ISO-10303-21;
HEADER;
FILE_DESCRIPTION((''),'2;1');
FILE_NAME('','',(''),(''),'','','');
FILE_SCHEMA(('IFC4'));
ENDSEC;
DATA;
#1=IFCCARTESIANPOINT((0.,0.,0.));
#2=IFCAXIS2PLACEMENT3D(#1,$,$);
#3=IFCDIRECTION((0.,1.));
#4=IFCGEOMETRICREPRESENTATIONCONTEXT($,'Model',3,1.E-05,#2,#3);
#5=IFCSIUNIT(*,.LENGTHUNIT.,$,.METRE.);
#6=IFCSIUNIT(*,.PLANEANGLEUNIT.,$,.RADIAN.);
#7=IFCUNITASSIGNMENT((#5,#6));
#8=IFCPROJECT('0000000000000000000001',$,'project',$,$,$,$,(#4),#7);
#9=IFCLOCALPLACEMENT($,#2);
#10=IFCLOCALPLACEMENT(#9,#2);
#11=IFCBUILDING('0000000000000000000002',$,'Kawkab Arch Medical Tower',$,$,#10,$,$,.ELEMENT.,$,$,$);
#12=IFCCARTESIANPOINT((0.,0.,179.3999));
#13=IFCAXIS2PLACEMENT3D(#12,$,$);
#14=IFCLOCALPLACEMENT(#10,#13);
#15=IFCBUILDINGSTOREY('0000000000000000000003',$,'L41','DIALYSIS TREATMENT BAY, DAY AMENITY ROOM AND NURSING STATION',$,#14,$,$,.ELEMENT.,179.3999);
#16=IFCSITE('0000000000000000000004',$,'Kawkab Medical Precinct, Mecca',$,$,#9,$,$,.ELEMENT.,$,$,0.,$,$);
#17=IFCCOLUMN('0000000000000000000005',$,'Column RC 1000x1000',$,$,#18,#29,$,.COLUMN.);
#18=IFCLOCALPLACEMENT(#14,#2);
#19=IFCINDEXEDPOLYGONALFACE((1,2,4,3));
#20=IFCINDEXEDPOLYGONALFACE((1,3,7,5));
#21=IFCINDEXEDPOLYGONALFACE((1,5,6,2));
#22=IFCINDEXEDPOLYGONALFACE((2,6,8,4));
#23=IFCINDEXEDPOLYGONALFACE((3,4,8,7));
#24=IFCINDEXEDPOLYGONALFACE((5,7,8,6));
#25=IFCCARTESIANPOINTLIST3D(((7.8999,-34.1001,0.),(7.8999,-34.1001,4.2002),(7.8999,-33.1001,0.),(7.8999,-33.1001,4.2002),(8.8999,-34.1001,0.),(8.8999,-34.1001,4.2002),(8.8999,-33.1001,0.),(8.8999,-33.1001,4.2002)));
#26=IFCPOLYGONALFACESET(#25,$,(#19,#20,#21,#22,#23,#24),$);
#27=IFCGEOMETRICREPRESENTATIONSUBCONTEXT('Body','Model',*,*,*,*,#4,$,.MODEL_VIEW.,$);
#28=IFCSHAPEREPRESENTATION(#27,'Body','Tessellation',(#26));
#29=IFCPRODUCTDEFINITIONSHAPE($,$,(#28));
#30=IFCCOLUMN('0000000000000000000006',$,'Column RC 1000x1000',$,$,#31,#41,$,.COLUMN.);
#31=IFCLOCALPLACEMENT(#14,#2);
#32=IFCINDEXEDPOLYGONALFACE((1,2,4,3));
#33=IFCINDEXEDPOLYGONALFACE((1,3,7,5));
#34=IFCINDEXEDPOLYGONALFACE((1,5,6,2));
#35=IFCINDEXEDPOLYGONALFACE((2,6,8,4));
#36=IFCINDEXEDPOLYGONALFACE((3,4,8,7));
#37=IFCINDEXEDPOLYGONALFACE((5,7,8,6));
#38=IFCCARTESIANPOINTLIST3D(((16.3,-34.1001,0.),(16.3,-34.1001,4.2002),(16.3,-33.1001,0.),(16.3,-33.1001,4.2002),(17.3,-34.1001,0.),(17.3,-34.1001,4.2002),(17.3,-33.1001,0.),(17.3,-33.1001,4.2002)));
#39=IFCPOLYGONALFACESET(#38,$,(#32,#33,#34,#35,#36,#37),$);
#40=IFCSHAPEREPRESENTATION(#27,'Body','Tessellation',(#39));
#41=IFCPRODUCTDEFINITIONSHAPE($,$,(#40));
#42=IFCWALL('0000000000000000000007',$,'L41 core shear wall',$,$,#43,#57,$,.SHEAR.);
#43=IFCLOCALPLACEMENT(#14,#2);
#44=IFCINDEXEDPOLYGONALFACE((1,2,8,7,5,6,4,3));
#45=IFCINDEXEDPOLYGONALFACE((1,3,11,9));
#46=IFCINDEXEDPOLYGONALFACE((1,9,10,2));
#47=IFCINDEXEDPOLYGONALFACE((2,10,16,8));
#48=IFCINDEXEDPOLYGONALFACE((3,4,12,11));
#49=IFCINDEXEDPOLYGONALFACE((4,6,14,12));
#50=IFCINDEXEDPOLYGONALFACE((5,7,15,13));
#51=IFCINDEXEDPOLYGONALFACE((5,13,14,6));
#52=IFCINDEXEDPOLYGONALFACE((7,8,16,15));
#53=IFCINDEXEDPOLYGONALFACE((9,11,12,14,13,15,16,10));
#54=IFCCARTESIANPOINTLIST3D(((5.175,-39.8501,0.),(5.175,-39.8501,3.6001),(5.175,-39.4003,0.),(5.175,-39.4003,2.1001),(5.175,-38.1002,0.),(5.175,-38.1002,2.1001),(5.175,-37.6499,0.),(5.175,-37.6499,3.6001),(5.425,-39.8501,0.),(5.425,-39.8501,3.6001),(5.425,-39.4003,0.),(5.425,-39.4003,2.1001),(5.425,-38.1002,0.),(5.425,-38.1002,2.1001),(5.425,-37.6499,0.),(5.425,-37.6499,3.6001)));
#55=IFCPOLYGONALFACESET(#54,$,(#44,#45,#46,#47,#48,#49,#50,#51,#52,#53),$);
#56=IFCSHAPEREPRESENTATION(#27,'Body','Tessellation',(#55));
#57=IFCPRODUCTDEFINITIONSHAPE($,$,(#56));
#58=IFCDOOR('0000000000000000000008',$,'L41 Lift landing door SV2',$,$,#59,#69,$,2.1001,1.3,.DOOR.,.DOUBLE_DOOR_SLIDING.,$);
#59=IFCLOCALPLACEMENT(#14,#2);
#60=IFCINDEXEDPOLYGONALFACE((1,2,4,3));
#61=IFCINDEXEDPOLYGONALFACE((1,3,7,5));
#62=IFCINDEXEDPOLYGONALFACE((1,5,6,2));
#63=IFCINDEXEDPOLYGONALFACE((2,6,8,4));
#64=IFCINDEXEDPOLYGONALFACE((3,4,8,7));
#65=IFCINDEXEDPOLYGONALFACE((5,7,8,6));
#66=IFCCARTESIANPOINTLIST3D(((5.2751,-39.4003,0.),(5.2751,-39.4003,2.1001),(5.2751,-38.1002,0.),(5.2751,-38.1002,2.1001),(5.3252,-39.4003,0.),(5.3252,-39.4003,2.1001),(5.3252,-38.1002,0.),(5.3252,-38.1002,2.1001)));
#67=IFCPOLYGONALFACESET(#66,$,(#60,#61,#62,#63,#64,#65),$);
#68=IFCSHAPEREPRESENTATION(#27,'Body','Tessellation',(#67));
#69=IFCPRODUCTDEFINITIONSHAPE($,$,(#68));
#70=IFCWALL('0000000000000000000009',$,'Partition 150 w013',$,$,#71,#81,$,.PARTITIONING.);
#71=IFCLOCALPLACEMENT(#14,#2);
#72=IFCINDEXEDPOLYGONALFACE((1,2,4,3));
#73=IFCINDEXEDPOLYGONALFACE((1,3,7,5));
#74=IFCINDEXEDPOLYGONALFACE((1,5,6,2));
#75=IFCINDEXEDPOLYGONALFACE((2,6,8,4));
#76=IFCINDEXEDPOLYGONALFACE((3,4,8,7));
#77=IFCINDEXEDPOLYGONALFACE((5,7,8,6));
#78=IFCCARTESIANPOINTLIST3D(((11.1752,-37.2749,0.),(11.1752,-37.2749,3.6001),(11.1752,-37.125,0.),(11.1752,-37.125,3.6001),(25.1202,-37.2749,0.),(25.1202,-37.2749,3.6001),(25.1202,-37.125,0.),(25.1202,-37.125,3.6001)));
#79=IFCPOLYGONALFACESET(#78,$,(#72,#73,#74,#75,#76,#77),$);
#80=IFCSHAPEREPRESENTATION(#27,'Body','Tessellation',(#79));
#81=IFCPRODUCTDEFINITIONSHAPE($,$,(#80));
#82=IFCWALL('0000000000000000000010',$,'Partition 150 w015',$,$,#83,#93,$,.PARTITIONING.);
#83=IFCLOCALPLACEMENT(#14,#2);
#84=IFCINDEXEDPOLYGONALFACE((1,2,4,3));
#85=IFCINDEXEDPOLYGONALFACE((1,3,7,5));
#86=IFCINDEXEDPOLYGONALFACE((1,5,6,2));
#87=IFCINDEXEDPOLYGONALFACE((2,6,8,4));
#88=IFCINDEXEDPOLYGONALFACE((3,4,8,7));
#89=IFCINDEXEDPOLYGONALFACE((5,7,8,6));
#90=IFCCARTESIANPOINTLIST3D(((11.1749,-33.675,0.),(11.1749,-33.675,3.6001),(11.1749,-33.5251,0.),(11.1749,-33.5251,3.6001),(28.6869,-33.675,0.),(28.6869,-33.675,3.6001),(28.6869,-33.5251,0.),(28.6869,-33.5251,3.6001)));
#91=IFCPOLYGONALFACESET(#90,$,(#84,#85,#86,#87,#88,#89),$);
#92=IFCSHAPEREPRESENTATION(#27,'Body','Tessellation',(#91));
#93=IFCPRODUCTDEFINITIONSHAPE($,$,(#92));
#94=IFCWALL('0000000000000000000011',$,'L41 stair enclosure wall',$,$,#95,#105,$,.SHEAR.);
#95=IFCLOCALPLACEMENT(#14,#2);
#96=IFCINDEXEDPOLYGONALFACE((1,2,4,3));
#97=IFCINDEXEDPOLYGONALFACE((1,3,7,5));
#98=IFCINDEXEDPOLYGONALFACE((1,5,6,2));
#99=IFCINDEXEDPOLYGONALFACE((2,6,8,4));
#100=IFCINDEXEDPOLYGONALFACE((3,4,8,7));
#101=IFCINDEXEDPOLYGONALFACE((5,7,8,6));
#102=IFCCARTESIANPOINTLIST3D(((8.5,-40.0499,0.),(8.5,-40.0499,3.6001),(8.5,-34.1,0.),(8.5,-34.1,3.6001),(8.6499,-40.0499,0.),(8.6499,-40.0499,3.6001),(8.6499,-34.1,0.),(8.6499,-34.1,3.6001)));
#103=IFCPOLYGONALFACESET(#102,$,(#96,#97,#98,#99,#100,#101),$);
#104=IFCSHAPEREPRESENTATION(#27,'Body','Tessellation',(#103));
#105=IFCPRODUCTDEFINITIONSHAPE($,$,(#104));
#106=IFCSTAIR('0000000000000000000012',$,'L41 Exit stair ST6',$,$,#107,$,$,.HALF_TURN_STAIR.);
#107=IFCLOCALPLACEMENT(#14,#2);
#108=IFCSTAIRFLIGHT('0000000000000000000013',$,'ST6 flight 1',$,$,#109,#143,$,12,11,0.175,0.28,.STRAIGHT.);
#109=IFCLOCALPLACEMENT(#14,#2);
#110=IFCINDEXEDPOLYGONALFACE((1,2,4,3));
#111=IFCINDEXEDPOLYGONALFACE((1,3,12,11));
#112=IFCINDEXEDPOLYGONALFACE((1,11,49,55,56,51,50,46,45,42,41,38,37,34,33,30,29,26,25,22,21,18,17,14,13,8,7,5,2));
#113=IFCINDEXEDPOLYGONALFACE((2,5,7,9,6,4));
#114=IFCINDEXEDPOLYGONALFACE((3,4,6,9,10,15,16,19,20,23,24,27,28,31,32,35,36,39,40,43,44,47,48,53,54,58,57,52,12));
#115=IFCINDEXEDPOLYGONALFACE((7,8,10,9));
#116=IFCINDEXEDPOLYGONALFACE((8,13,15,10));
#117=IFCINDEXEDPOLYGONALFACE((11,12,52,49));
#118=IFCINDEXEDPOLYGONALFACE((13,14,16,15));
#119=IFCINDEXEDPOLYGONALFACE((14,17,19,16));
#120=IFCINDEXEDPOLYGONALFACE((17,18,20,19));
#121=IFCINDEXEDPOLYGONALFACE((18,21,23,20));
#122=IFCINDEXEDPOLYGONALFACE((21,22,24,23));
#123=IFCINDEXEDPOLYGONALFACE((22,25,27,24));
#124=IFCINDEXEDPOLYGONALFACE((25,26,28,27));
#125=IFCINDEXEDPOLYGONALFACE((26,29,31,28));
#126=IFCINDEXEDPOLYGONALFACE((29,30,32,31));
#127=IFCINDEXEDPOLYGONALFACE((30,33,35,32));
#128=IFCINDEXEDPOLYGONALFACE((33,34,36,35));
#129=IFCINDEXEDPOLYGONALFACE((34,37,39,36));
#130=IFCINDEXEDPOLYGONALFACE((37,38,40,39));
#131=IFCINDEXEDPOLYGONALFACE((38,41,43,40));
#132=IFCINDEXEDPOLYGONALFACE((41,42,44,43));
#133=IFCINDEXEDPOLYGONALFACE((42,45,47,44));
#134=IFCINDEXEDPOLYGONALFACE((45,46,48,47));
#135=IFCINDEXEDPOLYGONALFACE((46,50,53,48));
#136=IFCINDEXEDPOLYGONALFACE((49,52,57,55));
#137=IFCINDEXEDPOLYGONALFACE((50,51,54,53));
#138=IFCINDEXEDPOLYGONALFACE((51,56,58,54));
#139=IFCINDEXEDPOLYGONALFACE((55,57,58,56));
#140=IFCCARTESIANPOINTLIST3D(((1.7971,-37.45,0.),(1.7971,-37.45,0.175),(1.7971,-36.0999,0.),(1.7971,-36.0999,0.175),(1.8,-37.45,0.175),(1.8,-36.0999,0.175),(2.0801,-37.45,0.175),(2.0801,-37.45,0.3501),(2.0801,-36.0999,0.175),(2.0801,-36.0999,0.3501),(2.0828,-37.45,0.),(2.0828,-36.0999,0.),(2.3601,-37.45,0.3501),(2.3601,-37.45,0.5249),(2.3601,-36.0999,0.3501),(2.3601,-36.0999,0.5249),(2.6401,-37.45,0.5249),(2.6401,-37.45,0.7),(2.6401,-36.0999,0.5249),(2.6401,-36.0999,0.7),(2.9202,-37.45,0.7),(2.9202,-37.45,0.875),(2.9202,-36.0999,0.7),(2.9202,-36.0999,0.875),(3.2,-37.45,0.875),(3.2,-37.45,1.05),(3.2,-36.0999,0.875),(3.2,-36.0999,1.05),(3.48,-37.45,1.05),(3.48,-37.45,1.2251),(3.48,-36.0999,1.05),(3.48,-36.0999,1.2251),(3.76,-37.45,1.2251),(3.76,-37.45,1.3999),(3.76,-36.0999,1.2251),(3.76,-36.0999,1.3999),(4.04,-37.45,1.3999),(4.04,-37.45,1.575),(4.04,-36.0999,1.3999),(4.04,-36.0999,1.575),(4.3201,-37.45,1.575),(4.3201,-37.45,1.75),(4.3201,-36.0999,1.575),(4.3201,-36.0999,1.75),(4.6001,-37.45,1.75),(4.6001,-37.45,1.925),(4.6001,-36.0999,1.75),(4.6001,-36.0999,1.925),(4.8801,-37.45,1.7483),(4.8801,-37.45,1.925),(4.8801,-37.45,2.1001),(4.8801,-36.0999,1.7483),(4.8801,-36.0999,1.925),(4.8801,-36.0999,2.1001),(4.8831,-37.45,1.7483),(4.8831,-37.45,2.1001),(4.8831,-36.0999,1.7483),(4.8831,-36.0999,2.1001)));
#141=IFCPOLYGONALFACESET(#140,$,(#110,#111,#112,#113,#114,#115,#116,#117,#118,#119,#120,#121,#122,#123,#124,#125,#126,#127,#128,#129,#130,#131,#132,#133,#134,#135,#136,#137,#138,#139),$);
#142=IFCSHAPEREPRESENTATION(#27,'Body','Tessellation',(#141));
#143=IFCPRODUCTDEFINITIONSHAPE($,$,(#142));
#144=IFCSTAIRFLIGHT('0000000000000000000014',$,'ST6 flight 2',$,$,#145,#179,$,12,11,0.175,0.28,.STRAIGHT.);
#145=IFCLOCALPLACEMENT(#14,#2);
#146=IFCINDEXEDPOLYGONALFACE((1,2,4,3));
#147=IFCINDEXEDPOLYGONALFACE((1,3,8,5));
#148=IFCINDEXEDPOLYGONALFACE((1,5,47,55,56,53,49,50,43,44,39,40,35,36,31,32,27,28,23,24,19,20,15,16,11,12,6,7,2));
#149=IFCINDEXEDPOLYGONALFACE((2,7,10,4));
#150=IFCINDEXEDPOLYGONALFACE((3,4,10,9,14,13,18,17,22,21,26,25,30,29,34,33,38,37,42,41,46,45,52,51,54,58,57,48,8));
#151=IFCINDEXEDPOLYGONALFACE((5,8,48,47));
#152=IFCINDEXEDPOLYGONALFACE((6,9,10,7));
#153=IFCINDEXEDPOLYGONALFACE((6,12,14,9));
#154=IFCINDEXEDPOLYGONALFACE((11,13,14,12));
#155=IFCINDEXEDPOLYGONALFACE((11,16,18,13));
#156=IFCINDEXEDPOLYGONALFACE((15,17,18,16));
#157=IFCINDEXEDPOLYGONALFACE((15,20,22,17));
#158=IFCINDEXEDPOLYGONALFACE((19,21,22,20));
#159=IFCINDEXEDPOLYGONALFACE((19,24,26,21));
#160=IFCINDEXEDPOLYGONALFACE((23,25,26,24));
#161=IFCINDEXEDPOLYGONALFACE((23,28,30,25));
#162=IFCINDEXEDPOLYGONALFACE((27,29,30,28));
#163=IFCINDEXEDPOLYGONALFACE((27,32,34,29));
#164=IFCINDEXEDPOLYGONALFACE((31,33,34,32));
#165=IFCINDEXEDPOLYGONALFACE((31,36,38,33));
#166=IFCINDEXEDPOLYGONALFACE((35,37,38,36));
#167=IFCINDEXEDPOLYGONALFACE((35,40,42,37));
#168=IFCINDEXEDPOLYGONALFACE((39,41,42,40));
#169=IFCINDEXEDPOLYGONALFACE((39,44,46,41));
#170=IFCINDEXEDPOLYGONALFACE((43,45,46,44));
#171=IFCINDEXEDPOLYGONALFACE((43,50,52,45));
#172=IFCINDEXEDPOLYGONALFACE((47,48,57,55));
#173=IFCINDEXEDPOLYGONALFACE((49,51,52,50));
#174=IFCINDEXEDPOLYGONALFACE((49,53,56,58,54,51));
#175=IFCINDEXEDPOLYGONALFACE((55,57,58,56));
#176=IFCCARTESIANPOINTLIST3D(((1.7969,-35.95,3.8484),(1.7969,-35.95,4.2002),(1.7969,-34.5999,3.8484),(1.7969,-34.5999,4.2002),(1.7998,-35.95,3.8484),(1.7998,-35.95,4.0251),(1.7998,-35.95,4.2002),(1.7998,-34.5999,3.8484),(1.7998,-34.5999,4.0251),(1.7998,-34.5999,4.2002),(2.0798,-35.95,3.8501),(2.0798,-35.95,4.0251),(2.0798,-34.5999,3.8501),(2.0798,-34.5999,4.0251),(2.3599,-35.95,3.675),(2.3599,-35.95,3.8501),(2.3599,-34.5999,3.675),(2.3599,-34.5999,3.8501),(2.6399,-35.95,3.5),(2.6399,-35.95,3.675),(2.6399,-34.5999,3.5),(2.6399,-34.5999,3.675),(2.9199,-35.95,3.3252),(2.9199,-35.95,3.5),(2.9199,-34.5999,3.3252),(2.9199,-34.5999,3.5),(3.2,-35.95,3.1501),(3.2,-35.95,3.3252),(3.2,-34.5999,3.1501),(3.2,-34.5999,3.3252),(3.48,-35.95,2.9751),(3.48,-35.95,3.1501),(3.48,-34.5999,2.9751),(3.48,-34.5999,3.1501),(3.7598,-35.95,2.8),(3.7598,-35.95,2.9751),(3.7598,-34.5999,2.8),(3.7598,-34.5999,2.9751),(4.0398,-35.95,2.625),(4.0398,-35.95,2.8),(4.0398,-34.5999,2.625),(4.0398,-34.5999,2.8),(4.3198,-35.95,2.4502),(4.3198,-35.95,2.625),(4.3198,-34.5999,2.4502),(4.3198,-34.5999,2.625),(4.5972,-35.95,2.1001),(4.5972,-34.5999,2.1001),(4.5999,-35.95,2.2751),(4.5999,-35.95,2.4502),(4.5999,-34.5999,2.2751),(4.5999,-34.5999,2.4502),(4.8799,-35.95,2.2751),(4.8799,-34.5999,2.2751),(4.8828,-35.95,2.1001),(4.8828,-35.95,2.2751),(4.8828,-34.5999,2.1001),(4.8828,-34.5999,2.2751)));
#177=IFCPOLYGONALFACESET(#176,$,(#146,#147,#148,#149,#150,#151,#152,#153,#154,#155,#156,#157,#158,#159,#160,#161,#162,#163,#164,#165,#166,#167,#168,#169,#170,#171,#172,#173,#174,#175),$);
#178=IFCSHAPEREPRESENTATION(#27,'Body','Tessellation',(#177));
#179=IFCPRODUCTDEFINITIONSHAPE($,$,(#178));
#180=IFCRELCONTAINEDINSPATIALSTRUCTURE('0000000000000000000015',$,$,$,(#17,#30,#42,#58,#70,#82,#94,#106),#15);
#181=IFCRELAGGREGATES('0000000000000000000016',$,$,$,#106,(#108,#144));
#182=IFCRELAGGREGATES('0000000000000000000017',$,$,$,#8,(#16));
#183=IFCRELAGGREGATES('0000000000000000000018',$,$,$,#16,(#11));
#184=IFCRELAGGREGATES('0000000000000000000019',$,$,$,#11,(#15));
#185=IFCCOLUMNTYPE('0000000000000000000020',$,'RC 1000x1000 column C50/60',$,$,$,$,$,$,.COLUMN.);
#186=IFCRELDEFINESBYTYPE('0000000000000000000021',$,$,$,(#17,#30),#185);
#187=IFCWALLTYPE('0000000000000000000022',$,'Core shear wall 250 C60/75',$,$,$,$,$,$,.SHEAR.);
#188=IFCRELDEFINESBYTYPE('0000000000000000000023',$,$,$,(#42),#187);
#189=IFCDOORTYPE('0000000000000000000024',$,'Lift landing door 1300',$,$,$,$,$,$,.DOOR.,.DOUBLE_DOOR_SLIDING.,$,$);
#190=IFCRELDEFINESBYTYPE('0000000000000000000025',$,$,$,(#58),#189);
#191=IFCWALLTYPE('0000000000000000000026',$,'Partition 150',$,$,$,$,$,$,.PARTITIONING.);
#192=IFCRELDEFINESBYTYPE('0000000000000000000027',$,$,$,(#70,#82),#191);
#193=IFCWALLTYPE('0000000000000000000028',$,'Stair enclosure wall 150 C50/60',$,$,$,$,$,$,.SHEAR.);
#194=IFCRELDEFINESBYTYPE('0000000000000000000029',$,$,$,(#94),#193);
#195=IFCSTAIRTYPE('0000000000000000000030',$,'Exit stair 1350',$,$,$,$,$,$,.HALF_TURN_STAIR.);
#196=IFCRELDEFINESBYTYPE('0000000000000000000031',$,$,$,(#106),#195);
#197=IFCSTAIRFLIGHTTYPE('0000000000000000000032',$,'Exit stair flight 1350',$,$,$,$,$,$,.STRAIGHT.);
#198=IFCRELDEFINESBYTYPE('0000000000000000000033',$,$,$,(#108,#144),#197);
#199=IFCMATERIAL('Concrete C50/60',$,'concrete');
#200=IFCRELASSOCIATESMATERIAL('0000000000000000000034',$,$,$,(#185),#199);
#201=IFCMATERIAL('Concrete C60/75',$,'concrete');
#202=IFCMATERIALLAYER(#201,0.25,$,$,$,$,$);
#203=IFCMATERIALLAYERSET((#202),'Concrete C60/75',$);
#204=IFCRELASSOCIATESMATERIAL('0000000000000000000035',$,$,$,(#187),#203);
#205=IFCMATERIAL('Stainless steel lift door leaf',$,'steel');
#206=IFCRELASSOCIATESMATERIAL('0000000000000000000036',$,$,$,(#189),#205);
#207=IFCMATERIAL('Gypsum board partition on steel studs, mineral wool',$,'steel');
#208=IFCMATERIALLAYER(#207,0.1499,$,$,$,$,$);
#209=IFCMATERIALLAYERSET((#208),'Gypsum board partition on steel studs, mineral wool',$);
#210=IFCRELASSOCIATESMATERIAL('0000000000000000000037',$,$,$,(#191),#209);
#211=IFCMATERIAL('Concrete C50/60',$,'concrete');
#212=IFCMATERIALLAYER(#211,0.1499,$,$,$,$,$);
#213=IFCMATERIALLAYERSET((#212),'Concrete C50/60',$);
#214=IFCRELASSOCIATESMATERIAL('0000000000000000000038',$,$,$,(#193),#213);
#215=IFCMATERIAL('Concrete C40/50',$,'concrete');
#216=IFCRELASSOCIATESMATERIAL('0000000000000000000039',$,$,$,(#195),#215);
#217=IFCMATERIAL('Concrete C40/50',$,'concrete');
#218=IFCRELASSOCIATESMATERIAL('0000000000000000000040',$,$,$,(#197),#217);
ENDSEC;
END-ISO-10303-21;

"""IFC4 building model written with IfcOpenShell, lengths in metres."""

from ifc_helpers import new_model, si_unit, direction, frame, frame_2d, origin, origin_2d, place, context, subcontext, project, spatial, polyline, rectangle, outline, extrude, material, layer, layer_set, material_profile, profile_set, type_object, element, fill, aggregate, save


model = new_model("IFC4")

# Units and contexts
model_context = context("Model", 3, precision=1e-05, world=origin(), true_north=direction((0.0, 1.0)))
body_context = subcontext(model_context, "Body", "Model", "MODEL_VIEW")
ifc_project = project(units=[si_unit("LENGTHUNIT", "METRE"), si_unit("PLANEANGLEUNIT", "RADIAN")], contexts=[model_context])

# Site, building, storey
site_placement = place(None, origin())
site = spatial("IfcSite", under=ifc_project, at=site_placement, Name="Kawkab Medical Precinct, Mecca", CompositionType="ELEMENT", RefElevation=0.0)
building_placement = place(site_placement, origin())
building = spatial("IfcBuilding", under=site, at=building_placement, Name="Kawkab Arch Medical Tower", CompositionType="ELEMENT")
storey_placement = place(building_placement, frame((0.0, 0.0, 179.3999)))
storey = spatial("IfcBuildingStorey", under=building, at=storey_placement, Name="L41", Description="DIALYSIS TREATMENT BAY, DAY AMENITY ROOM AND NURSING STATION", CompositionType="ELEMENT", Elevation=179.3999)

# Columns
ifc_material_1 = material(Name="Concrete C50/60", Category="concrete")
ifc_material_profile = material_profile(ifc_material_1, rectangle(XDim=1.0, YDim=1.0, at=origin_2d()), Name="RC 1000x1000")
ifc_profile_set = profile_set([ifc_material_profile], Name="Concrete C50/60")
column_type = type_object("IfcColumnType", Name="RC 1000x1000 column C50/60", PredefinedType="COLUMN", material=ifc_profile_set)
for number, where, z_axis, x_axis, name in (
    (1, (8.3999, -33.6001, 0.0), (0.0, 0.0, 1.0), (1.0, 0.0, 0.0), "Column RC 1000x1000"),
    (2, (16.8, -33.6001, 0.0), (0.0, 0.0, 1.0), (1.0, 0.0, 0.0), "Column RC 1000x1000"),
):
    element("IfcColumn", number, at=place(storey_placement, frame(where, z_axis=z_axis, x_axis=x_axis)), inside=storey, type_object=column_type, Name=name, PredefinedType="COLUMN", context=body_context, shape_type="SweptSolid", body=[
        extrude(rectangle(XDim=1.0, YDim=1.0, at=origin_2d()), origin(), (0.0, 0.0, 1.0), 4.2002),
    ])

# Wall, opening, door
ifc_material_2 = material(Name="Concrete C60/75", Category="concrete")
ifc_layer_1 = layer(ifc_material_2, 0.25)
ifc_layer_set_1 = layer_set([ifc_layer_1], Name="Concrete C60/75")
wall_type_1 = type_object("IfcWallType", Name="Core shear wall 250 C60/75", PredefinedType="SHEAR", material=ifc_layer_set_1)
wall_1_placement = place(storey_placement, frame((5.3, -39.8501, 0.0), z_axis=(0.0, 0.0, 1.0), x_axis=(0.0, 1.0, 0.0)))
wall_1 = element("IfcWall", 3, at=wall_1_placement, inside=storey, type_object=wall_type_1, Name="L41 core shear wall", PredefinedType="SHEAR", context=body_context, shape_type="SweptSolid", body=[
    extrude(rectangle(XDim=2.2002, YDim=0.25, at=frame_2d((1.1001, 0.0))), origin(), (0.0, 0.0, 1.0), 3.6001),
])
opening_placement = place(wall_1_placement, frame((0.45, 0.0, 0.0)))
opening = element("IfcOpeningElement", 4, at=opening_placement, cuts=wall_1, PredefinedType="OPENING", context=body_context, shape_type="SweptSolid", body=[
    extrude(rectangle(XDim=1.3, YDim=2.1001, at=frame_2d((0.6499, 1.05))), frame((0.0, 0.135, 0.0), z_axis=(0.0, -1.0, 0.0), x_axis=(1.0, 0.0, 0.0)), (0.0, 0.0, 1.0), 0.27),
])
ifc_material_3 = material(Name="Stainless steel lift door leaf", Category="steel")
door_type = type_object("IfcDoorType", Name="Lift landing door 1300", OperationType="DOUBLE_DOOR_SLIDING", PredefinedType="DOOR", material=ifc_material_3)
door_placement = place(opening_placement, origin())
door = element("IfcDoor", 5, at=door_placement, inside=storey, type_object=door_type, Name="L41 Lift landing door SV2", OperationType="DOUBLE_DOOR_SLIDING", OverallHeight=2.1001, OverallWidth=1.3, PredefinedType="DOOR", context=body_context, shape_type="SweptSolid", body=[
    extrude(rectangle(XDim=1.3, YDim=2.1001, at=frame_2d((0.6499, 1.05))), frame((0.0, 0.0249, 0.0), z_axis=(0.0, -1.0, 0.0), x_axis=(1.0, 0.0, 0.0)), (0.0, 0.0, 1.0), 0.05),
])
fill(opening, door)

# Walls
ifc_material_4 = material(Name="Gypsum board partition on steel studs, mineral wool", Category="steel")
ifc_layer_2 = layer(ifc_material_4, 0.1499)
ifc_layer_set_2 = layer_set([ifc_layer_2], Name="Gypsum board partition on steel studs, mineral wool")
wall_type_2 = type_object("IfcWallType", Name="Partition 150", PredefinedType="PARTITIONING", material=ifc_layer_set_2)
wall_2_placement = place(storey_placement, frame((11.175, -37.2, 0.0), z_axis=(0.0, 0.0, 1.0), x_axis=(1.0, 0.0, 0.0)))
element("IfcWall", 6, at=wall_2_placement, inside=storey, type_object=wall_type_2, Name="Partition 150 w013", PredefinedType="PARTITIONING", context=body_context, shape_type="SweptSolid", body=[
    extrude(rectangle(XDim=13.9451, YDim=0.1499, at=frame_2d((6.9727, 0.0))), origin(), (0.0, 0.0, 1.0), 3.6001),
])
wall_3_placement = place(storey_placement, frame((11.175, -33.6001, 0.0), z_axis=(0.0, 0.0, 1.0), x_axis=(1.0, 0.0, 0.0)))
element("IfcWall", 7, at=wall_3_placement, inside=storey, type_object=wall_type_2, Name="Partition 150 w015", PredefinedType="PARTITIONING", context=body_context, shape_type="SweptSolid", body=[
    extrude(rectangle(XDim=17.512, YDim=0.1499, at=frame_2d((8.7559, 0.0))), origin(), (0.0, 0.0, 1.0), 3.6001),
])
ifc_material_5 = material(Name="Concrete C50/60", Category="concrete")
ifc_layer_3 = layer(ifc_material_5, 0.1499)
ifc_layer_set_3 = layer_set([ifc_layer_3], Name="Concrete C50/60")
wall_type_3 = type_object("IfcWallType", Name="Stair enclosure wall 150 C50/60", PredefinedType="SHEAR", material=ifc_layer_set_3)
wall_4_placement = place(storey_placement, frame((8.575, -40.05, 0.0), z_axis=(0.0, 0.0, 1.0), x_axis=(0.0, 1.0, 0.0)))
element("IfcWall", 8, at=wall_4_placement, inside=storey, type_object=wall_type_3, Name="L41 stair enclosure wall", PredefinedType="SHEAR", context=body_context, shape_type="SweptSolid", body=[
    extrude(rectangle(XDim=5.95, YDim=0.1499, at=frame_2d((2.9751, 0.0))), origin(), (0.0, 0.0, 1.0), 3.6001),
])

# Stair, stair flights
ifc_material_6 = material(Name="Concrete C40/50", Category="concrete")
stair_type = type_object("IfcStairType", Name="Exit stair 1350", PredefinedType="HALF_TURN_STAIR", material=ifc_material_6)
stair_placement = place(storey_placement, origin())
stair = element("IfcStair", 9, at=stair_placement, inside=storey, type_object=stair_type, Name="L41 Exit stair ST6", PredefinedType="HALF_TURN_STAIR")
ifc_material_7 = material(Name="Concrete C40/50", Category="concrete")
stair_flight_type = type_object("IfcStairFlightType", Name="Exit stair flight 1350", PredefinedType="STRAIGHT", material=ifc_material_7)
stair_flight_1_placement = place(storey_placement, frame((1.8, -36.7749, 0.0), z_axis=(0.0, 0.0, 1.0), x_axis=(1.0, 0.0, 0.0)))
stair_flight_1 = element("IfcStairFlight", 10, at=stair_flight_1_placement, type_object=stair_flight_type, Name="ST6 flight 1", NumberOfRisers=12, NumberOfTreads=11, PredefinedType="STRAIGHT", RiserHeight=0.175, TreadLength=0.28, context=body_context, shape_type="SweptSolid", body=[
    extrude(outline(polyline([(-0.0029, 0.0), (-0.0029, 0.175), (0.0, 0.175), (0.28, 0.175), (0.28, 0.3501), (0.5601, 0.3501), (0.5601, 0.5249), (0.8401, 0.5249), (0.8401, 0.7), (1.1201, 0.7), (1.1201, 0.875), (1.3999, 0.875), (1.3999, 1.05), (1.6799, 1.05), (1.6799, 1.2251), (1.96, 1.2251), (1.96, 1.3999), (2.24, 1.3999), (2.24, 1.575), (2.52, 1.575), (2.52, 1.75), (2.8, 1.75), (2.8, 1.925), (3.0801, 1.925), (3.0801, 2.1001), (3.083, 2.1001), (3.083, 1.7483), (3.0801, 1.7483), (0.2827, 0.0), (-0.0029, 0.0)])), frame((0.0, 0.675, 0.0), z_axis=(0.0, -1.0, 0.0), x_axis=(1.0, 0.0, 0.0)), (0.0, 0.0, 1.0), 1.3501),
])
stair_flight_2_placement = place(storey_placement, frame((4.8799, -35.2749, 2.1001), z_axis=(0.0, 0.0, 1.0), x_axis=(-1.0, 0.0, 0.0)))
stair_flight_2 = element("IfcStairFlight", 11, at=stair_flight_2_placement, type_object=stair_flight_type, Name="ST6 flight 2", NumberOfRisers=12, NumberOfTreads=11, PredefinedType="STRAIGHT", RiserHeight=0.175, TreadLength=0.28, context=body_context, shape_type="SweptSolid", body=[
    extrude(outline(polyline([(-0.0029, 0.0), (-0.0029, 0.175), (0.0, 0.175), (0.28, 0.175), (0.28, 0.3501), (0.5601, 0.3501), (0.5601, 0.5249), (0.8401, 0.5249), (0.8401, 0.7), (1.1201, 0.7), (1.1201, 0.875), (1.3999, 0.875), (1.3999, 1.05), (1.6799, 1.05), (1.6799, 1.2251), (1.96, 1.2251), (1.96, 1.3999), (2.24, 1.3999), (2.24, 1.575), (2.52, 1.575), (2.52, 1.75), (2.8, 1.75), (2.8, 1.925), (3.0801, 1.925), (3.0801, 2.1001), (3.083, 2.1001), (3.083, 1.7483), (3.0801, 1.7483), (0.2827, 0.0), (-0.0029, 0.0)])), frame((0.0, 0.675, 0.0), z_axis=(0.0, -1.0, 0.0), x_axis=(1.0, 0.0, 0.0)), (0.0, 0.0, 1.0), 1.3501),
])
aggregate(stair, [stair_flight_1, stair_flight_2])

save(model, "model.ifc")
